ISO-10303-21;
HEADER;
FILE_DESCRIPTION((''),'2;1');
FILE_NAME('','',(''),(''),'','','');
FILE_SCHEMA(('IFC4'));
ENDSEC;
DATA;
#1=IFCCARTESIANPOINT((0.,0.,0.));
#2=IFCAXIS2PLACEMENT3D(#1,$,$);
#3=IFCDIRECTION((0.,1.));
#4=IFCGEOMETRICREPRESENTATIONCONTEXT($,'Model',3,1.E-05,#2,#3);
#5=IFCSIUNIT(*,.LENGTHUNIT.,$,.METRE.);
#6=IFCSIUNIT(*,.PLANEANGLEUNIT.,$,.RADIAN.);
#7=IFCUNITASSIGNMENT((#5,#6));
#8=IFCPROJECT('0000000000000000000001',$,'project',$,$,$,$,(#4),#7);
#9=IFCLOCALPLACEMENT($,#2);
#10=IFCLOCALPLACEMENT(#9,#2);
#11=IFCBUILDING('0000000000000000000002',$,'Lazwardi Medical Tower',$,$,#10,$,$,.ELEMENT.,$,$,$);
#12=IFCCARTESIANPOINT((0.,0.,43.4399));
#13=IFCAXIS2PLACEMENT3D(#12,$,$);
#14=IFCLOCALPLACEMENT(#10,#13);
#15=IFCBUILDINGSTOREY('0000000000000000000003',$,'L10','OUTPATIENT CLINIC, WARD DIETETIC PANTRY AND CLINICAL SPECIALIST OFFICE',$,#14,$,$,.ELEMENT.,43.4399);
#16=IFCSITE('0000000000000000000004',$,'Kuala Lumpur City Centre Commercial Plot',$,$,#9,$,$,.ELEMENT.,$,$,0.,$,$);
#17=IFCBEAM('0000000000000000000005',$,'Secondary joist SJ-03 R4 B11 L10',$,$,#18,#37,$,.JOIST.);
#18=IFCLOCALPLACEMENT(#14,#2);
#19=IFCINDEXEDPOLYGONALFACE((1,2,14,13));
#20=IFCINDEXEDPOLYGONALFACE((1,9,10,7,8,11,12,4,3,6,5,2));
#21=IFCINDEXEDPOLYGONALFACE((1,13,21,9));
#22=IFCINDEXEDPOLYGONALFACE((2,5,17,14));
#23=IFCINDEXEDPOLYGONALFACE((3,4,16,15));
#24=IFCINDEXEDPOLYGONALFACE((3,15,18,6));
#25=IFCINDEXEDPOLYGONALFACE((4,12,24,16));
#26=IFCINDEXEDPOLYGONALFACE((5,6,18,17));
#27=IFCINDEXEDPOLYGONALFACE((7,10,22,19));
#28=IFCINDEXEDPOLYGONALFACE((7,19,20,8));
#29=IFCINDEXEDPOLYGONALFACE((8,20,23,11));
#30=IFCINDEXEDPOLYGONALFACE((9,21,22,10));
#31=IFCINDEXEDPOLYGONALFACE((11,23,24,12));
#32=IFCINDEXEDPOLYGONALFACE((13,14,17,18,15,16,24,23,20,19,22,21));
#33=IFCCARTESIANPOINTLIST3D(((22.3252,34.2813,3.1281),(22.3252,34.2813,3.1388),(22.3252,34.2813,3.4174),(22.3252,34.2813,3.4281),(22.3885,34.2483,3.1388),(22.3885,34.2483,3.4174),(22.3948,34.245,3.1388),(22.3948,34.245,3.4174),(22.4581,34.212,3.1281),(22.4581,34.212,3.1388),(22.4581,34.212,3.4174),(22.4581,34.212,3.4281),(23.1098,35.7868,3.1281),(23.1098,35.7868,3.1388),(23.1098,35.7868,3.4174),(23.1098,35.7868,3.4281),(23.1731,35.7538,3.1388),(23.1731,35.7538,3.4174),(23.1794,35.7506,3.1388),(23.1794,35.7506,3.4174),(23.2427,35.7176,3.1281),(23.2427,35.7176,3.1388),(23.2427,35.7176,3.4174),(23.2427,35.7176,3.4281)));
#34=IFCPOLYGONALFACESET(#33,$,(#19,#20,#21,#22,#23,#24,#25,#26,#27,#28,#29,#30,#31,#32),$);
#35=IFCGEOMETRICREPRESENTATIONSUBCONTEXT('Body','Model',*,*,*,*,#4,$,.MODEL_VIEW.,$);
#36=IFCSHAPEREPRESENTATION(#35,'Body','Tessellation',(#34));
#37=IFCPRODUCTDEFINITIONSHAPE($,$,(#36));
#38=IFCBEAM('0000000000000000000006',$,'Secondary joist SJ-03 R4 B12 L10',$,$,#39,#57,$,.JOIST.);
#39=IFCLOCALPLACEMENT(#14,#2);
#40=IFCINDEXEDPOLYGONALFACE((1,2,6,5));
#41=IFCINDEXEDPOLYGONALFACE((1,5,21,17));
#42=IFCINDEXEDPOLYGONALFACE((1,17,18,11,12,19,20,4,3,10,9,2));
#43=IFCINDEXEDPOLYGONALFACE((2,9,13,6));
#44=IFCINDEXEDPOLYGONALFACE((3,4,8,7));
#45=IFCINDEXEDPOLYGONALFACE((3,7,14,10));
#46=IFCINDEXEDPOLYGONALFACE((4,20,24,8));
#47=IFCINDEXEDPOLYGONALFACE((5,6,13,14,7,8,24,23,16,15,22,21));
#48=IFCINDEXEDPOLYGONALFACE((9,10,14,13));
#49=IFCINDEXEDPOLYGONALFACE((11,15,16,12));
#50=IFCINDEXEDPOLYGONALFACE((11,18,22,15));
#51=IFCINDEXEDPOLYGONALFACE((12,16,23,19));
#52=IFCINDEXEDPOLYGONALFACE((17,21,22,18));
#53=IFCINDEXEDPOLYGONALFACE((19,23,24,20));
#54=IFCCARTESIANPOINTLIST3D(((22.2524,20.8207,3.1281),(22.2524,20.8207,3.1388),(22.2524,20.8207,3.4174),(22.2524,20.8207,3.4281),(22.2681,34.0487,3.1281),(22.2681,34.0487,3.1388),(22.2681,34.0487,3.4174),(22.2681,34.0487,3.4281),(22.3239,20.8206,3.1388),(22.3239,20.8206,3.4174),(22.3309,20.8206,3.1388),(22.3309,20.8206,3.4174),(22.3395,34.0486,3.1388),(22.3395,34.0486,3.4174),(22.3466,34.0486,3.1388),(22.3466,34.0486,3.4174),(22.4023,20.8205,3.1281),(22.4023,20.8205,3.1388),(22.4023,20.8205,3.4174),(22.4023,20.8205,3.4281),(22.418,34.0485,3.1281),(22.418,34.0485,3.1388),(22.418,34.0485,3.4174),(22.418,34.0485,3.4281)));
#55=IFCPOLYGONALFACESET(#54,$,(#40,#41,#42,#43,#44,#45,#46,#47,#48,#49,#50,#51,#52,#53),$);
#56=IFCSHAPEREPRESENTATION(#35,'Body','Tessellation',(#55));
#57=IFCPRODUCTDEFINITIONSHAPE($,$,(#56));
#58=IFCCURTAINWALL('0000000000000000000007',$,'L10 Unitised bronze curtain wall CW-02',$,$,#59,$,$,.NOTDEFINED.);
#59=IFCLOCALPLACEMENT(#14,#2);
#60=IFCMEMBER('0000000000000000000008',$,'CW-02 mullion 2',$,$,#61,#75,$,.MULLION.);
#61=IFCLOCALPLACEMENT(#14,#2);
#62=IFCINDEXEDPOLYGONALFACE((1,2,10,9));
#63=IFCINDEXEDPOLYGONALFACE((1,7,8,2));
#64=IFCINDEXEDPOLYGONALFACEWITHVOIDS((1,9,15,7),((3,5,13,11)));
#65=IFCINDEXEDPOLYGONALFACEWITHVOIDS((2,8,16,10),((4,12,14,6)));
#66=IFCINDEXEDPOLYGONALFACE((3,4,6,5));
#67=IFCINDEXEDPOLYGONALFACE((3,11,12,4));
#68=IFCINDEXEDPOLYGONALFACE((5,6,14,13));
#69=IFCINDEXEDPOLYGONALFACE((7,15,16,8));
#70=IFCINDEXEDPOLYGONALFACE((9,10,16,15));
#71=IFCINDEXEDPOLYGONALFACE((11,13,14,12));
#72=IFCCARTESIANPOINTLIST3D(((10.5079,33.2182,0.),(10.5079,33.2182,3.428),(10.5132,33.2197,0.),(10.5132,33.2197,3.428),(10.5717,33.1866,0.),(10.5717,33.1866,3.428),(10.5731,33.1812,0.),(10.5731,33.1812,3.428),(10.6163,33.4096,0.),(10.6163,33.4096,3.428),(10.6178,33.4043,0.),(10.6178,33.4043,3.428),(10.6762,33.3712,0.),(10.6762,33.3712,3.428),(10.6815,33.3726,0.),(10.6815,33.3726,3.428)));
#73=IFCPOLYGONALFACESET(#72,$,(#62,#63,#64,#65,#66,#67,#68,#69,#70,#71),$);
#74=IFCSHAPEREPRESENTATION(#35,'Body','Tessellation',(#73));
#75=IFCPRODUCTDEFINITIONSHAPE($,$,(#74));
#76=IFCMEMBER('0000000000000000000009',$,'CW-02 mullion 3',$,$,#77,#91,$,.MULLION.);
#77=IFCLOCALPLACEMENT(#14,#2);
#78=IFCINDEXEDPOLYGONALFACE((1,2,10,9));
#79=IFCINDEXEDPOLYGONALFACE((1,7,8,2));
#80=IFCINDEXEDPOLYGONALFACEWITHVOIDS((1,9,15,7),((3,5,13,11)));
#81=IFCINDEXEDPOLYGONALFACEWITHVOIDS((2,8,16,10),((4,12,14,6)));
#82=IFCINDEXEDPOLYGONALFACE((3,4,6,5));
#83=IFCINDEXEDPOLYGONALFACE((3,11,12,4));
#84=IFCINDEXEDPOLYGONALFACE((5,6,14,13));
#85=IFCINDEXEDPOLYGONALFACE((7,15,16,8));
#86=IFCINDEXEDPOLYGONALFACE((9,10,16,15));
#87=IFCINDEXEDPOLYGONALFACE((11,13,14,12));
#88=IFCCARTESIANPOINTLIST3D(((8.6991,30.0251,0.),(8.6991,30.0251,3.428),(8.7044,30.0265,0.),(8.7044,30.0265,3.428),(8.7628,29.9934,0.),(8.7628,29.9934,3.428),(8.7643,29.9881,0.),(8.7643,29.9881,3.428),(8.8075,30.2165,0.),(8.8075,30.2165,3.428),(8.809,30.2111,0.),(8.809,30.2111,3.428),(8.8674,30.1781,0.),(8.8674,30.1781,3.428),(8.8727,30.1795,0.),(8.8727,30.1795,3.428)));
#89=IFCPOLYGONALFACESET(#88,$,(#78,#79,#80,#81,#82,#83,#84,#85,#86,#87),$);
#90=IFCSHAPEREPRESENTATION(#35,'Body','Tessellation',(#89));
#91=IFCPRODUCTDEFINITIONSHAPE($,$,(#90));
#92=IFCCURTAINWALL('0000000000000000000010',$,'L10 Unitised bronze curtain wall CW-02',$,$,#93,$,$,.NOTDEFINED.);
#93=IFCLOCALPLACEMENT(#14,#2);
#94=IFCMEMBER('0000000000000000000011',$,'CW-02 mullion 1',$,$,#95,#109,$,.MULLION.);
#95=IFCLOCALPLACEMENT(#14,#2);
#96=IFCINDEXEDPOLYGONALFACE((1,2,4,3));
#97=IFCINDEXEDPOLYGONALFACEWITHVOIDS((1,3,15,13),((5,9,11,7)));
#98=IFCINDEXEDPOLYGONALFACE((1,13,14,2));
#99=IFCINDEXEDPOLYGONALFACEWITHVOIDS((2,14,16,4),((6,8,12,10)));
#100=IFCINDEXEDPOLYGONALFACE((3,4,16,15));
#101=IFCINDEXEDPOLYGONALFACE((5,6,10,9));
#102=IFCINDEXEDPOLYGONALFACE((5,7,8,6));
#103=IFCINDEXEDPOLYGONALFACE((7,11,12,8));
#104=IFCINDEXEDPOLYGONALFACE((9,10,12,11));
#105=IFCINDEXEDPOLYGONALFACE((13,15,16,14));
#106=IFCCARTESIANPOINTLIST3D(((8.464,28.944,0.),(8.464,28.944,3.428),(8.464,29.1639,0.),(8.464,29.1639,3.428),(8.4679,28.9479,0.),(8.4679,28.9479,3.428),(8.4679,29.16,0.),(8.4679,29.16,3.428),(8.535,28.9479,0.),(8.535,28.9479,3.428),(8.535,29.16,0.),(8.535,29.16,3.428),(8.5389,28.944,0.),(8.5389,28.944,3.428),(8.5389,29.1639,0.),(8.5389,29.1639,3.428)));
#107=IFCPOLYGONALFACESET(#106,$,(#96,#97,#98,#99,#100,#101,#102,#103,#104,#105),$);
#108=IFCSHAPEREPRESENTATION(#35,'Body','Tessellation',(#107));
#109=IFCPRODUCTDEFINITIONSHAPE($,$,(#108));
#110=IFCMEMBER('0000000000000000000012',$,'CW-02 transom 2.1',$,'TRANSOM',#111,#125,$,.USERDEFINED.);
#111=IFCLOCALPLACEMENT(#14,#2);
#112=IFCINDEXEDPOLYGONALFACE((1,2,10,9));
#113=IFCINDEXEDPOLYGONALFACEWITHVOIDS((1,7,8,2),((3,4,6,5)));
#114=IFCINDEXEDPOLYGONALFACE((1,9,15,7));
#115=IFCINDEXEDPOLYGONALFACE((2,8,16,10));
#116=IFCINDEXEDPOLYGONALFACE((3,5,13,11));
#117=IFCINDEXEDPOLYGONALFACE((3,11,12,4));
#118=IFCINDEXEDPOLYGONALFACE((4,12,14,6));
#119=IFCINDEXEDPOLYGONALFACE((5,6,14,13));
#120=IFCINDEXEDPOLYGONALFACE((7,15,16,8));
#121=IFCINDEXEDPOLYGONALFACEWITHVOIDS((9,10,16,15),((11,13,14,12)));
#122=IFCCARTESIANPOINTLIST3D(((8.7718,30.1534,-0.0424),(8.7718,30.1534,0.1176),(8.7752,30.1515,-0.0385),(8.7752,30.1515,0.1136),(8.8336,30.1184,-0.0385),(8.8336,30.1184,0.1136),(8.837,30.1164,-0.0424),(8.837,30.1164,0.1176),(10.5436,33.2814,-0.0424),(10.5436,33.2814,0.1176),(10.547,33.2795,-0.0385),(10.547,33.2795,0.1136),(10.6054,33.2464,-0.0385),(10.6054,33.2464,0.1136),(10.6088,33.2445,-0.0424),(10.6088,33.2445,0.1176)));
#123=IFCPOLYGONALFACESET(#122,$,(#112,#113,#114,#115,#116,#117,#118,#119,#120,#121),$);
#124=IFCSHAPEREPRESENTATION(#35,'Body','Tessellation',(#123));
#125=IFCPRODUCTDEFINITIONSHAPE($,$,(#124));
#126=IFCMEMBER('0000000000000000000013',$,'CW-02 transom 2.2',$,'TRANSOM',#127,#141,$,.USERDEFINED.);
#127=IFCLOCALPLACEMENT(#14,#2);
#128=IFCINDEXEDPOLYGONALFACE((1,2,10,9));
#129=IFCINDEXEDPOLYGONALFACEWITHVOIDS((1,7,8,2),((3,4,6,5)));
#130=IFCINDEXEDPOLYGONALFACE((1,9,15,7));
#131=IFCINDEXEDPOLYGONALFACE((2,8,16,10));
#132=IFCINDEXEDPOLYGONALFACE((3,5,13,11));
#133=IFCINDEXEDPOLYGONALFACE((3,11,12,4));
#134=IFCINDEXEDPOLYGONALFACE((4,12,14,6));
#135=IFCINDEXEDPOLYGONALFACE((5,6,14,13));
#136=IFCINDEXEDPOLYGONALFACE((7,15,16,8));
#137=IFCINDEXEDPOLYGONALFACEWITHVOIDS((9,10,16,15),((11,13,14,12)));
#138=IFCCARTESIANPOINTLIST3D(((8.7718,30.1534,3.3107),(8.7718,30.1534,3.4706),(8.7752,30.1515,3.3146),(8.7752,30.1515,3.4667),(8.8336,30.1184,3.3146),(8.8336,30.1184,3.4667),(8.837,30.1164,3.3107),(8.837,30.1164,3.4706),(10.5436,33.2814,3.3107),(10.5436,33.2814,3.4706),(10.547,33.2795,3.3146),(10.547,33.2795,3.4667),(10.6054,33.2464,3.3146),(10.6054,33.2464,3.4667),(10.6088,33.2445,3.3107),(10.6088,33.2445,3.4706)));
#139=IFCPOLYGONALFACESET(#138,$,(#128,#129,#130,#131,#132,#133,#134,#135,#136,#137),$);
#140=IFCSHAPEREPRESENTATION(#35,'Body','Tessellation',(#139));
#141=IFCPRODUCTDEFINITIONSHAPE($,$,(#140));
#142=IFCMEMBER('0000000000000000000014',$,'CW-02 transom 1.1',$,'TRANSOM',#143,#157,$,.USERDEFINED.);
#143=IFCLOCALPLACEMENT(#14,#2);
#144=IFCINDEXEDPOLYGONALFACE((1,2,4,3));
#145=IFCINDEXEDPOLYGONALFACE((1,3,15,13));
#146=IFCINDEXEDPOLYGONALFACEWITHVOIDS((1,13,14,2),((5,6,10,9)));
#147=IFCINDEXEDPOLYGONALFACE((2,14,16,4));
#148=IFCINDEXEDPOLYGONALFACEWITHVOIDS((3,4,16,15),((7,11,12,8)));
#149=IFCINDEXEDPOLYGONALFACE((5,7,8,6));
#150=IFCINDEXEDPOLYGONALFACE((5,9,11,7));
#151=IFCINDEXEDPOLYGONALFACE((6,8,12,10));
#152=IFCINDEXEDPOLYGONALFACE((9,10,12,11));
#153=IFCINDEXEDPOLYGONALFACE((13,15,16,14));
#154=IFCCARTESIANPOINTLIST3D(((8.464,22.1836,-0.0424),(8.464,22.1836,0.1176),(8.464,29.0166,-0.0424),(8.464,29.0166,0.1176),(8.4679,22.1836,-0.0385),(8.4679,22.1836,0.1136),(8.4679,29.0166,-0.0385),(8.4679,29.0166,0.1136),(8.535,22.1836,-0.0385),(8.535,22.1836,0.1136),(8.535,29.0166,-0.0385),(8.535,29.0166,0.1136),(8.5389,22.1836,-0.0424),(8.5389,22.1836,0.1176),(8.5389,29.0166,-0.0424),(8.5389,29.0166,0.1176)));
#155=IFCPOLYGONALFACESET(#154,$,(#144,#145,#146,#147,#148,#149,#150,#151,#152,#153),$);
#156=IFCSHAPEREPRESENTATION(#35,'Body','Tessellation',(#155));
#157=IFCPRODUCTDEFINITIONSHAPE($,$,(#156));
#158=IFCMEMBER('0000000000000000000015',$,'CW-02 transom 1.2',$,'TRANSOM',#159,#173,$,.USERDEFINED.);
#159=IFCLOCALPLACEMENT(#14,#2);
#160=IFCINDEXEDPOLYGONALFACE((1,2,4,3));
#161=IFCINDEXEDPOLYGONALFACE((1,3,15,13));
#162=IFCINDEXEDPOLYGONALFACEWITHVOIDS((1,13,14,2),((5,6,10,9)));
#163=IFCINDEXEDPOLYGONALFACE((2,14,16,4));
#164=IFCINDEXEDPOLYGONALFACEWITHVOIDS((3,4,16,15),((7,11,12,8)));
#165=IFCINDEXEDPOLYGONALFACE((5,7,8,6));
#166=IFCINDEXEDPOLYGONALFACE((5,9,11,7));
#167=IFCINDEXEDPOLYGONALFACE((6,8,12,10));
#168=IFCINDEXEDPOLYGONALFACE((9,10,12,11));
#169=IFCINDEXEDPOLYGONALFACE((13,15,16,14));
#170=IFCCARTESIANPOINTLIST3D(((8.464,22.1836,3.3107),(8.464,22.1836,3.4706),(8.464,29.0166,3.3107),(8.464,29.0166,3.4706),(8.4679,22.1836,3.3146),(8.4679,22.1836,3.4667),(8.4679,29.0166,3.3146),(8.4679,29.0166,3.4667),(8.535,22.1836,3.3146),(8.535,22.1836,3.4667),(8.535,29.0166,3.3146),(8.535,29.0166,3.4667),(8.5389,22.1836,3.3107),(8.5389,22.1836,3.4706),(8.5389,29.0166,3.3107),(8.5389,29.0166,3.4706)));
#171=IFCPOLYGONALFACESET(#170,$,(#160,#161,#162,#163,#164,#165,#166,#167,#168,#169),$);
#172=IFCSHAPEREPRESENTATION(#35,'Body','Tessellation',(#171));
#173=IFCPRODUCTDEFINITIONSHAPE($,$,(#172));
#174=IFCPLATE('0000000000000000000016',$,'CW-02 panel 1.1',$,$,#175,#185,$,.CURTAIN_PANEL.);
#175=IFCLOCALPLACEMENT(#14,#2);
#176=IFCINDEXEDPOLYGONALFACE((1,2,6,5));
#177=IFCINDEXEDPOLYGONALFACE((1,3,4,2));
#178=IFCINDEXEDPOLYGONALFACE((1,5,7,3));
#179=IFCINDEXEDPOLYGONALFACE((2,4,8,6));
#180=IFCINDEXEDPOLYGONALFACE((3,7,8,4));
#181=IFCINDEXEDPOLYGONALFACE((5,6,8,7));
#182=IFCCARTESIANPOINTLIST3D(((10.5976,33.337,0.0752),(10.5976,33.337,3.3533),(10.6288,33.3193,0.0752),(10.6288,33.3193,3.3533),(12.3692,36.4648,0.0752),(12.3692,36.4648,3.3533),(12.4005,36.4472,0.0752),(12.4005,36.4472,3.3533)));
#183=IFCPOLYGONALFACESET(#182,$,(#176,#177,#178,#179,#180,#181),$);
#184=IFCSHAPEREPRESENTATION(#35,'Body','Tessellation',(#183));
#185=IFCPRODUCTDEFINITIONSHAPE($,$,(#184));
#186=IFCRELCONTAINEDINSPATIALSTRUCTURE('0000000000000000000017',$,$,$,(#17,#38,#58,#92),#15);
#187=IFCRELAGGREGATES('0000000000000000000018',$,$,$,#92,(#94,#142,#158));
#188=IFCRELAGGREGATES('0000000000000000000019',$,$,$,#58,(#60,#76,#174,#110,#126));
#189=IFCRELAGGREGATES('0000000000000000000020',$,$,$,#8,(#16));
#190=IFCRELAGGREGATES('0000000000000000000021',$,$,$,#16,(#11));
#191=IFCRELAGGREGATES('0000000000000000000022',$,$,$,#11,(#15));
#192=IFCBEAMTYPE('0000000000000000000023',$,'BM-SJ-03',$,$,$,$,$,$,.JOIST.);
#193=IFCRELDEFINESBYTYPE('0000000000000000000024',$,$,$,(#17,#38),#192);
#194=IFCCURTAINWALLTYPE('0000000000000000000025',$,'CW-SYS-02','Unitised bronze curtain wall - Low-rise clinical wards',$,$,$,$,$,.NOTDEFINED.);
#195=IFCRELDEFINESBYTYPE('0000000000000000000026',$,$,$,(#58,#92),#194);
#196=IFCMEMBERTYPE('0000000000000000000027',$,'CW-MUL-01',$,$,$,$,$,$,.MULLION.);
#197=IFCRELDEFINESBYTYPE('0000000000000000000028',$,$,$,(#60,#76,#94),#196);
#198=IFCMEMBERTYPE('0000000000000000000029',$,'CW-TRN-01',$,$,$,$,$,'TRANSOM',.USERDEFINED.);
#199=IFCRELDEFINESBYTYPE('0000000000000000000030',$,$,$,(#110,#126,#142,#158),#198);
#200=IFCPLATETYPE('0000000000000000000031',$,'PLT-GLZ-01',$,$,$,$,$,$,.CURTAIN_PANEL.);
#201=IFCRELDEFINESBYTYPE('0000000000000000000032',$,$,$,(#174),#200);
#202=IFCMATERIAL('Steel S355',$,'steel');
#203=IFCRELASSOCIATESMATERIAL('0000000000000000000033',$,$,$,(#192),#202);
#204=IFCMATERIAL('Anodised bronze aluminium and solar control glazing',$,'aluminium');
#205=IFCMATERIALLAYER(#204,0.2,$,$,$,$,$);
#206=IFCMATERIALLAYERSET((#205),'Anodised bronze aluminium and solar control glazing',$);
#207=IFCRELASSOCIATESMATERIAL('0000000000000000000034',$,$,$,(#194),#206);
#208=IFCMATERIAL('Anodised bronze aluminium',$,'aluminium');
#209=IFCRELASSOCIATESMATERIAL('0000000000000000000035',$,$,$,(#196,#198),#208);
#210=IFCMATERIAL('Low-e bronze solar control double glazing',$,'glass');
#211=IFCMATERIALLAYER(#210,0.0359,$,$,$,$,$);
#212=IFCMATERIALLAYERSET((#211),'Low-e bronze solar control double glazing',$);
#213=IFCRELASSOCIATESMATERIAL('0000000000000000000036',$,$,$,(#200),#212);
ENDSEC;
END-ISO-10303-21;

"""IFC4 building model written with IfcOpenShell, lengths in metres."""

from ifc_helpers import new_model, si_unit, direction, frame, origin, origin_2d, place, context, subcontext, project, spatial, rectangle, hollow_rectangle, i_section, extrude, material, layer, layer_set, material_profile, profile_set, type_object, element, aggregate, save


model = new_model("IFC4")

# Units and contexts
model_context = context("Model", 3, precision=1e-05, world=origin(), true_north=direction((0.0, 1.0)))
body_context = subcontext(model_context, "Body", "Model", "MODEL_VIEW")
ifc_project = project(units=[si_unit("LENGTHUNIT", "METRE"), si_unit("PLANEANGLEUNIT", "RADIAN")], contexts=[model_context])

# Site, building, storey
site_placement = place(None, origin())
site = spatial("IfcSite", under=ifc_project, at=site_placement, Name="Kuala Lumpur City Centre Commercial Plot", CompositionType="ELEMENT", RefElevation=0.0)
building_placement = place(site_placement, origin())
building = spatial("IfcBuilding", under=site, at=building_placement, Name="Lazwardi Medical Tower", CompositionType="ELEMENT")
storey_placement = place(building_placement, frame((0.0, 0.0, 43.4399)))
storey = spatial("IfcBuildingStorey", under=building, at=storey_placement, Name="L10", Description="OUTPATIENT CLINIC, WARD DIETETIC PANTRY AND CLINICAL SPECIALIST OFFICE", CompositionType="ELEMENT", Elevation=43.4399)

# Beams
ifc_material_1 = material(Name="Steel S355", Category="steel")
ifc_material_profile_1 = material_profile(ifc_material_1, i_section(OverallWidth=0.1499, OverallDepth=0.3, WebThickness=0.0071, FlangeThickness=0.0107, at=origin_2d()), Name="IPE 300")
ifc_profile_set_1 = profile_set([ifc_material_profile_1], Name="Steel S355")
beam_type_1 = type_object("IfcBeamType", Name="BM-SJ-03", PredefinedType="JOIST", material=ifc_profile_set_1)
beam_1_placement = place(storey_placement, frame((23.1763, 35.7522, 3.2781), z_axis=(-0.462163, -0.886795, 0.0), x_axis=(0.886795, -0.462163, 0.0)))
element("IfcBeam", 1, at=beam_1_placement, inside=storey, type_object=beam_type_1, Name="Secondary joist SJ-03 R4 B11 L10", PredefinedType="JOIST", context=body_context, shape_type="SweptSolid", body=[
    extrude(i_section(OverallWidth=0.1499, OverallDepth=0.3, WebThickness=0.0071, FlangeThickness=0.0107, at=origin_2d()), origin(), (0.0, 0.0, 1.0), 1.6978),
])
beam_2_placement = place(storey_placement, frame((22.343, 34.0486, 3.2781), z_axis=(-0.001181, -0.999999, 0.0), x_axis=(0.999999, -0.001181, 0.0)))
element("IfcBeam", 2, at=beam_2_placement, inside=storey, type_object=beam_type_1, Name="Secondary joist SJ-03 R4 B12 L10", PredefinedType="JOIST", context=body_context, shape_type="SweptSolid", body=[
    extrude(i_section(OverallWidth=0.1499, OverallDepth=0.3, WebThickness=0.0071, FlangeThickness=0.0107, at=origin_2d()), origin(), (0.0, 0.0, 1.0), 13.228),
])

# Curtain wall, members
ifc_material_2 = material(Name="Anodised bronze aluminium and solar control glazing", Category="aluminium")
ifc_layer_1 = layer(ifc_material_2, 0.2)
ifc_layer_set_1 = layer_set([ifc_layer_1], Name="Anodised bronze aluminium and solar control glazing")
curtain_wall_type = type_object("IfcCurtainWallType", Name="CW-SYS-02", Description="Unitised bronze curtain wall - Low-rise clinical wards", PredefinedType="NOTDEFINED", material=ifc_layer_set_1)
curtain_wall_1_placement = place(storey_placement, origin())
curtain_wall_1 = element("IfcCurtainWall", 3, at=curtain_wall_1_placement, inside=storey, type_object=curtain_wall_type, Name="L10 Unitised bronze curtain wall CW-02", PredefinedType="NOTDEFINED")
ifc_material_3 = material(Name="Anodised bronze aluminium", Category="aluminium")
ifc_material_profile_2 = material_profile(ifc_material_3, hollow_rectangle(XDim=0.075, YDim=0.22, WallThickness=0.0039, at=origin_2d()), Name="ALU-MULLION 220x75x4")
ifc_profile_set_2 = profile_set([ifc_material_profile_2], Name="Anodised bronze aluminium")
member_type_1 = type_object("IfcMemberType", Name="CW-MUL-01", PredefinedType="MULLION", material=ifc_profile_set_2)
member_1_placement = place(storey_placement, frame((10.5947, 33.2954, 0.0), z_axis=(0.0, 0.0, 1.0), x_axis=(0.870112, -0.492854, 0.0)))
member_1 = element("IfcMember", 4, at=member_1_placement, type_object=member_type_1, Name="CW-02 mullion 2", PredefinedType="MULLION", context=body_context, shape_type="SweptSolid", body=[
    extrude(hollow_rectangle(XDim=0.075, YDim=0.22, WallThickness=0.0039, at=origin_2d()), origin(), (0.0, 0.0, 1.0), 3.428),
])
member_2_placement = place(storey_placement, frame((8.7859, 30.1023, 0.0), z_axis=(0.0, 0.0, 1.0), x_axis=(0.870112, -0.492854, 0.0)))
member_2 = element("IfcMember", 5, at=member_2_placement, type_object=member_type_1, Name="CW-02 mullion 3", PredefinedType="MULLION", context=body_context, shape_type="SweptSolid", body=[
    extrude(hollow_rectangle(XDim=0.075, YDim=0.22, WallThickness=0.0039, at=origin_2d()), origin(), (0.0, 0.0, 1.0), 3.428),
])

# Curtain wall, member
curtain_wall_2_placement = place(storey_placement, origin())
curtain_wall_2 = element("IfcCurtainWall", 6, at=curtain_wall_2_placement, inside=storey, type_object=curtain_wall_type, Name="L10 Unitised bronze curtain wall CW-02", PredefinedType="NOTDEFINED")
member_3_placement = place(storey_placement, frame((8.5015, 29.054, 0.0), z_axis=(0.0, 0.0, 1.0), x_axis=(1.0, 0.0, 0.0)))
member_3 = element("IfcMember", 7, at=member_3_placement, type_object=member_type_1, Name="CW-02 mullion 1", PredefinedType="MULLION", context=body_context, shape_type="SweptSolid", body=[
    extrude(hollow_rectangle(XDim=0.075, YDim=0.22, WallThickness=0.0039, at=origin_2d()), origin(), (0.0, 0.0, 1.0), 3.428),
])

# Members
ifc_material_profile_3 = material_profile(ifc_material_3, hollow_rectangle(XDim=0.075, YDim=0.1599, WallThickness=0.0039, at=origin_2d()), Name="ALU-TRANSOM 160x75x4")
ifc_profile_set_3 = profile_set([ifc_material_profile_3], Name="Anodised bronze aluminium")
member_type_2 = type_object("IfcMemberType", Name="CW-TRN-01", ElementType="TRANSOM", PredefinedType="USERDEFINED", material=ifc_profile_set_3)
member_4_placement = place(storey_placement, frame((10.5762, 33.2629, 0.0376), z_axis=(-0.492851, -0.870113, 0.0), x_axis=(0.870113, -0.492851, 0.0)))
member_4 = element("IfcMember", 8, at=member_4_placement, type_object=member_type_2, Name="CW-02 transom 2.1", ObjectType="TRANSOM", PredefinedType="USERDEFINED", context=body_context, shape_type="SweptSolid", body=[
    extrude(hollow_rectangle(XDim=0.075, YDim=0.1599, WallThickness=0.0039, at=origin_2d()), origin(), (0.0, 0.0, 1.0), 3.595),
])
member_5_placement = place(storey_placement, frame((10.5762, 33.2629, 3.3906), z_axis=(-0.492851, -0.870113, 0.0), x_axis=(0.870113, -0.492851, 0.0)))
member_5 = element("IfcMember", 9, at=member_5_placement, type_object=member_type_2, Name="CW-02 transom 2.2", ObjectType="TRANSOM", PredefinedType="USERDEFINED", context=body_context, shape_type="SweptSolid", body=[
    extrude(hollow_rectangle(XDim=0.075, YDim=0.1599, WallThickness=0.0039, at=origin_2d()), origin(), (0.0, 0.0, 1.0), 3.595),
])
member_6_placement = place(storey_placement, frame((8.5015, 29.0166, 0.0376), z_axis=(0.0, -1.0, 0.0), x_axis=(1.0, 0.0, 0.0)))
member_6 = element("IfcMember", 10, at=member_6_placement, type_object=member_type_2, Name="CW-02 transom 1.1", ObjectType="TRANSOM", PredefinedType="USERDEFINED", context=body_context, shape_type="SweptSolid", body=[
    extrude(hollow_rectangle(XDim=0.075, YDim=0.1599, WallThickness=0.0039, at=origin_2d()), origin(), (0.0, 0.0, 1.0), 6.833),
])
member_7_placement = place(storey_placement, frame((8.5015, 29.0166, 3.3906), z_axis=(0.0, -1.0, 0.0), x_axis=(1.0, 0.0, 0.0)))
member_7 = element("IfcMember", 11, at=member_7_placement, type_object=member_type_2, Name="CW-02 transom 1.2", ObjectType="TRANSOM", PredefinedType="USERDEFINED", context=body_context, shape_type="SweptSolid", body=[
    extrude(hollow_rectangle(XDim=0.075, YDim=0.1599, WallThickness=0.0039, at=origin_2d()), origin(), (0.0, 0.0, 1.0), 6.833),
])
aggregate(curtain_wall_2, [member_3, member_6, member_7])

# Plate
ifc_material_4 = material(Name="Low-e bronze solar control double glazing", Category="glass")
ifc_layer_2 = layer(ifc_material_4, 0.0359)
ifc_layer_set_2 = layer_set([ifc_layer_2], Name="Low-e bronze solar control double glazing")
plate_type = type_object("IfcPlateType", Name="PLT-GLZ-01", PredefinedType="CURTAIN_PANEL", material=ifc_layer_set_2)
plate_1_placement = place(storey_placement, frame((11.499, 34.8921, 0.0752), z_axis=(0.0, 0.0, 1.0), x_axis=(-0.492854, -0.870112, 0.0)))
plate_1 = element("IfcPlate", 12, at=plate_1_placement, type_object=plate_type, Name="CW-02 panel 1.1", PredefinedType="CURTAIN_PANEL", context=body_context, shape_type="SweptSolid", body=[
    extrude(rectangle(XDim=3.5947, YDim=0.0359, at=origin_2d()), origin(), (0.0, 0.0, 1.0), 3.2781),
])
aggregate(curtain_wall_1, [member_1, member_2, plate_1, member_4, member_5])

save(model, "model.ifc")
